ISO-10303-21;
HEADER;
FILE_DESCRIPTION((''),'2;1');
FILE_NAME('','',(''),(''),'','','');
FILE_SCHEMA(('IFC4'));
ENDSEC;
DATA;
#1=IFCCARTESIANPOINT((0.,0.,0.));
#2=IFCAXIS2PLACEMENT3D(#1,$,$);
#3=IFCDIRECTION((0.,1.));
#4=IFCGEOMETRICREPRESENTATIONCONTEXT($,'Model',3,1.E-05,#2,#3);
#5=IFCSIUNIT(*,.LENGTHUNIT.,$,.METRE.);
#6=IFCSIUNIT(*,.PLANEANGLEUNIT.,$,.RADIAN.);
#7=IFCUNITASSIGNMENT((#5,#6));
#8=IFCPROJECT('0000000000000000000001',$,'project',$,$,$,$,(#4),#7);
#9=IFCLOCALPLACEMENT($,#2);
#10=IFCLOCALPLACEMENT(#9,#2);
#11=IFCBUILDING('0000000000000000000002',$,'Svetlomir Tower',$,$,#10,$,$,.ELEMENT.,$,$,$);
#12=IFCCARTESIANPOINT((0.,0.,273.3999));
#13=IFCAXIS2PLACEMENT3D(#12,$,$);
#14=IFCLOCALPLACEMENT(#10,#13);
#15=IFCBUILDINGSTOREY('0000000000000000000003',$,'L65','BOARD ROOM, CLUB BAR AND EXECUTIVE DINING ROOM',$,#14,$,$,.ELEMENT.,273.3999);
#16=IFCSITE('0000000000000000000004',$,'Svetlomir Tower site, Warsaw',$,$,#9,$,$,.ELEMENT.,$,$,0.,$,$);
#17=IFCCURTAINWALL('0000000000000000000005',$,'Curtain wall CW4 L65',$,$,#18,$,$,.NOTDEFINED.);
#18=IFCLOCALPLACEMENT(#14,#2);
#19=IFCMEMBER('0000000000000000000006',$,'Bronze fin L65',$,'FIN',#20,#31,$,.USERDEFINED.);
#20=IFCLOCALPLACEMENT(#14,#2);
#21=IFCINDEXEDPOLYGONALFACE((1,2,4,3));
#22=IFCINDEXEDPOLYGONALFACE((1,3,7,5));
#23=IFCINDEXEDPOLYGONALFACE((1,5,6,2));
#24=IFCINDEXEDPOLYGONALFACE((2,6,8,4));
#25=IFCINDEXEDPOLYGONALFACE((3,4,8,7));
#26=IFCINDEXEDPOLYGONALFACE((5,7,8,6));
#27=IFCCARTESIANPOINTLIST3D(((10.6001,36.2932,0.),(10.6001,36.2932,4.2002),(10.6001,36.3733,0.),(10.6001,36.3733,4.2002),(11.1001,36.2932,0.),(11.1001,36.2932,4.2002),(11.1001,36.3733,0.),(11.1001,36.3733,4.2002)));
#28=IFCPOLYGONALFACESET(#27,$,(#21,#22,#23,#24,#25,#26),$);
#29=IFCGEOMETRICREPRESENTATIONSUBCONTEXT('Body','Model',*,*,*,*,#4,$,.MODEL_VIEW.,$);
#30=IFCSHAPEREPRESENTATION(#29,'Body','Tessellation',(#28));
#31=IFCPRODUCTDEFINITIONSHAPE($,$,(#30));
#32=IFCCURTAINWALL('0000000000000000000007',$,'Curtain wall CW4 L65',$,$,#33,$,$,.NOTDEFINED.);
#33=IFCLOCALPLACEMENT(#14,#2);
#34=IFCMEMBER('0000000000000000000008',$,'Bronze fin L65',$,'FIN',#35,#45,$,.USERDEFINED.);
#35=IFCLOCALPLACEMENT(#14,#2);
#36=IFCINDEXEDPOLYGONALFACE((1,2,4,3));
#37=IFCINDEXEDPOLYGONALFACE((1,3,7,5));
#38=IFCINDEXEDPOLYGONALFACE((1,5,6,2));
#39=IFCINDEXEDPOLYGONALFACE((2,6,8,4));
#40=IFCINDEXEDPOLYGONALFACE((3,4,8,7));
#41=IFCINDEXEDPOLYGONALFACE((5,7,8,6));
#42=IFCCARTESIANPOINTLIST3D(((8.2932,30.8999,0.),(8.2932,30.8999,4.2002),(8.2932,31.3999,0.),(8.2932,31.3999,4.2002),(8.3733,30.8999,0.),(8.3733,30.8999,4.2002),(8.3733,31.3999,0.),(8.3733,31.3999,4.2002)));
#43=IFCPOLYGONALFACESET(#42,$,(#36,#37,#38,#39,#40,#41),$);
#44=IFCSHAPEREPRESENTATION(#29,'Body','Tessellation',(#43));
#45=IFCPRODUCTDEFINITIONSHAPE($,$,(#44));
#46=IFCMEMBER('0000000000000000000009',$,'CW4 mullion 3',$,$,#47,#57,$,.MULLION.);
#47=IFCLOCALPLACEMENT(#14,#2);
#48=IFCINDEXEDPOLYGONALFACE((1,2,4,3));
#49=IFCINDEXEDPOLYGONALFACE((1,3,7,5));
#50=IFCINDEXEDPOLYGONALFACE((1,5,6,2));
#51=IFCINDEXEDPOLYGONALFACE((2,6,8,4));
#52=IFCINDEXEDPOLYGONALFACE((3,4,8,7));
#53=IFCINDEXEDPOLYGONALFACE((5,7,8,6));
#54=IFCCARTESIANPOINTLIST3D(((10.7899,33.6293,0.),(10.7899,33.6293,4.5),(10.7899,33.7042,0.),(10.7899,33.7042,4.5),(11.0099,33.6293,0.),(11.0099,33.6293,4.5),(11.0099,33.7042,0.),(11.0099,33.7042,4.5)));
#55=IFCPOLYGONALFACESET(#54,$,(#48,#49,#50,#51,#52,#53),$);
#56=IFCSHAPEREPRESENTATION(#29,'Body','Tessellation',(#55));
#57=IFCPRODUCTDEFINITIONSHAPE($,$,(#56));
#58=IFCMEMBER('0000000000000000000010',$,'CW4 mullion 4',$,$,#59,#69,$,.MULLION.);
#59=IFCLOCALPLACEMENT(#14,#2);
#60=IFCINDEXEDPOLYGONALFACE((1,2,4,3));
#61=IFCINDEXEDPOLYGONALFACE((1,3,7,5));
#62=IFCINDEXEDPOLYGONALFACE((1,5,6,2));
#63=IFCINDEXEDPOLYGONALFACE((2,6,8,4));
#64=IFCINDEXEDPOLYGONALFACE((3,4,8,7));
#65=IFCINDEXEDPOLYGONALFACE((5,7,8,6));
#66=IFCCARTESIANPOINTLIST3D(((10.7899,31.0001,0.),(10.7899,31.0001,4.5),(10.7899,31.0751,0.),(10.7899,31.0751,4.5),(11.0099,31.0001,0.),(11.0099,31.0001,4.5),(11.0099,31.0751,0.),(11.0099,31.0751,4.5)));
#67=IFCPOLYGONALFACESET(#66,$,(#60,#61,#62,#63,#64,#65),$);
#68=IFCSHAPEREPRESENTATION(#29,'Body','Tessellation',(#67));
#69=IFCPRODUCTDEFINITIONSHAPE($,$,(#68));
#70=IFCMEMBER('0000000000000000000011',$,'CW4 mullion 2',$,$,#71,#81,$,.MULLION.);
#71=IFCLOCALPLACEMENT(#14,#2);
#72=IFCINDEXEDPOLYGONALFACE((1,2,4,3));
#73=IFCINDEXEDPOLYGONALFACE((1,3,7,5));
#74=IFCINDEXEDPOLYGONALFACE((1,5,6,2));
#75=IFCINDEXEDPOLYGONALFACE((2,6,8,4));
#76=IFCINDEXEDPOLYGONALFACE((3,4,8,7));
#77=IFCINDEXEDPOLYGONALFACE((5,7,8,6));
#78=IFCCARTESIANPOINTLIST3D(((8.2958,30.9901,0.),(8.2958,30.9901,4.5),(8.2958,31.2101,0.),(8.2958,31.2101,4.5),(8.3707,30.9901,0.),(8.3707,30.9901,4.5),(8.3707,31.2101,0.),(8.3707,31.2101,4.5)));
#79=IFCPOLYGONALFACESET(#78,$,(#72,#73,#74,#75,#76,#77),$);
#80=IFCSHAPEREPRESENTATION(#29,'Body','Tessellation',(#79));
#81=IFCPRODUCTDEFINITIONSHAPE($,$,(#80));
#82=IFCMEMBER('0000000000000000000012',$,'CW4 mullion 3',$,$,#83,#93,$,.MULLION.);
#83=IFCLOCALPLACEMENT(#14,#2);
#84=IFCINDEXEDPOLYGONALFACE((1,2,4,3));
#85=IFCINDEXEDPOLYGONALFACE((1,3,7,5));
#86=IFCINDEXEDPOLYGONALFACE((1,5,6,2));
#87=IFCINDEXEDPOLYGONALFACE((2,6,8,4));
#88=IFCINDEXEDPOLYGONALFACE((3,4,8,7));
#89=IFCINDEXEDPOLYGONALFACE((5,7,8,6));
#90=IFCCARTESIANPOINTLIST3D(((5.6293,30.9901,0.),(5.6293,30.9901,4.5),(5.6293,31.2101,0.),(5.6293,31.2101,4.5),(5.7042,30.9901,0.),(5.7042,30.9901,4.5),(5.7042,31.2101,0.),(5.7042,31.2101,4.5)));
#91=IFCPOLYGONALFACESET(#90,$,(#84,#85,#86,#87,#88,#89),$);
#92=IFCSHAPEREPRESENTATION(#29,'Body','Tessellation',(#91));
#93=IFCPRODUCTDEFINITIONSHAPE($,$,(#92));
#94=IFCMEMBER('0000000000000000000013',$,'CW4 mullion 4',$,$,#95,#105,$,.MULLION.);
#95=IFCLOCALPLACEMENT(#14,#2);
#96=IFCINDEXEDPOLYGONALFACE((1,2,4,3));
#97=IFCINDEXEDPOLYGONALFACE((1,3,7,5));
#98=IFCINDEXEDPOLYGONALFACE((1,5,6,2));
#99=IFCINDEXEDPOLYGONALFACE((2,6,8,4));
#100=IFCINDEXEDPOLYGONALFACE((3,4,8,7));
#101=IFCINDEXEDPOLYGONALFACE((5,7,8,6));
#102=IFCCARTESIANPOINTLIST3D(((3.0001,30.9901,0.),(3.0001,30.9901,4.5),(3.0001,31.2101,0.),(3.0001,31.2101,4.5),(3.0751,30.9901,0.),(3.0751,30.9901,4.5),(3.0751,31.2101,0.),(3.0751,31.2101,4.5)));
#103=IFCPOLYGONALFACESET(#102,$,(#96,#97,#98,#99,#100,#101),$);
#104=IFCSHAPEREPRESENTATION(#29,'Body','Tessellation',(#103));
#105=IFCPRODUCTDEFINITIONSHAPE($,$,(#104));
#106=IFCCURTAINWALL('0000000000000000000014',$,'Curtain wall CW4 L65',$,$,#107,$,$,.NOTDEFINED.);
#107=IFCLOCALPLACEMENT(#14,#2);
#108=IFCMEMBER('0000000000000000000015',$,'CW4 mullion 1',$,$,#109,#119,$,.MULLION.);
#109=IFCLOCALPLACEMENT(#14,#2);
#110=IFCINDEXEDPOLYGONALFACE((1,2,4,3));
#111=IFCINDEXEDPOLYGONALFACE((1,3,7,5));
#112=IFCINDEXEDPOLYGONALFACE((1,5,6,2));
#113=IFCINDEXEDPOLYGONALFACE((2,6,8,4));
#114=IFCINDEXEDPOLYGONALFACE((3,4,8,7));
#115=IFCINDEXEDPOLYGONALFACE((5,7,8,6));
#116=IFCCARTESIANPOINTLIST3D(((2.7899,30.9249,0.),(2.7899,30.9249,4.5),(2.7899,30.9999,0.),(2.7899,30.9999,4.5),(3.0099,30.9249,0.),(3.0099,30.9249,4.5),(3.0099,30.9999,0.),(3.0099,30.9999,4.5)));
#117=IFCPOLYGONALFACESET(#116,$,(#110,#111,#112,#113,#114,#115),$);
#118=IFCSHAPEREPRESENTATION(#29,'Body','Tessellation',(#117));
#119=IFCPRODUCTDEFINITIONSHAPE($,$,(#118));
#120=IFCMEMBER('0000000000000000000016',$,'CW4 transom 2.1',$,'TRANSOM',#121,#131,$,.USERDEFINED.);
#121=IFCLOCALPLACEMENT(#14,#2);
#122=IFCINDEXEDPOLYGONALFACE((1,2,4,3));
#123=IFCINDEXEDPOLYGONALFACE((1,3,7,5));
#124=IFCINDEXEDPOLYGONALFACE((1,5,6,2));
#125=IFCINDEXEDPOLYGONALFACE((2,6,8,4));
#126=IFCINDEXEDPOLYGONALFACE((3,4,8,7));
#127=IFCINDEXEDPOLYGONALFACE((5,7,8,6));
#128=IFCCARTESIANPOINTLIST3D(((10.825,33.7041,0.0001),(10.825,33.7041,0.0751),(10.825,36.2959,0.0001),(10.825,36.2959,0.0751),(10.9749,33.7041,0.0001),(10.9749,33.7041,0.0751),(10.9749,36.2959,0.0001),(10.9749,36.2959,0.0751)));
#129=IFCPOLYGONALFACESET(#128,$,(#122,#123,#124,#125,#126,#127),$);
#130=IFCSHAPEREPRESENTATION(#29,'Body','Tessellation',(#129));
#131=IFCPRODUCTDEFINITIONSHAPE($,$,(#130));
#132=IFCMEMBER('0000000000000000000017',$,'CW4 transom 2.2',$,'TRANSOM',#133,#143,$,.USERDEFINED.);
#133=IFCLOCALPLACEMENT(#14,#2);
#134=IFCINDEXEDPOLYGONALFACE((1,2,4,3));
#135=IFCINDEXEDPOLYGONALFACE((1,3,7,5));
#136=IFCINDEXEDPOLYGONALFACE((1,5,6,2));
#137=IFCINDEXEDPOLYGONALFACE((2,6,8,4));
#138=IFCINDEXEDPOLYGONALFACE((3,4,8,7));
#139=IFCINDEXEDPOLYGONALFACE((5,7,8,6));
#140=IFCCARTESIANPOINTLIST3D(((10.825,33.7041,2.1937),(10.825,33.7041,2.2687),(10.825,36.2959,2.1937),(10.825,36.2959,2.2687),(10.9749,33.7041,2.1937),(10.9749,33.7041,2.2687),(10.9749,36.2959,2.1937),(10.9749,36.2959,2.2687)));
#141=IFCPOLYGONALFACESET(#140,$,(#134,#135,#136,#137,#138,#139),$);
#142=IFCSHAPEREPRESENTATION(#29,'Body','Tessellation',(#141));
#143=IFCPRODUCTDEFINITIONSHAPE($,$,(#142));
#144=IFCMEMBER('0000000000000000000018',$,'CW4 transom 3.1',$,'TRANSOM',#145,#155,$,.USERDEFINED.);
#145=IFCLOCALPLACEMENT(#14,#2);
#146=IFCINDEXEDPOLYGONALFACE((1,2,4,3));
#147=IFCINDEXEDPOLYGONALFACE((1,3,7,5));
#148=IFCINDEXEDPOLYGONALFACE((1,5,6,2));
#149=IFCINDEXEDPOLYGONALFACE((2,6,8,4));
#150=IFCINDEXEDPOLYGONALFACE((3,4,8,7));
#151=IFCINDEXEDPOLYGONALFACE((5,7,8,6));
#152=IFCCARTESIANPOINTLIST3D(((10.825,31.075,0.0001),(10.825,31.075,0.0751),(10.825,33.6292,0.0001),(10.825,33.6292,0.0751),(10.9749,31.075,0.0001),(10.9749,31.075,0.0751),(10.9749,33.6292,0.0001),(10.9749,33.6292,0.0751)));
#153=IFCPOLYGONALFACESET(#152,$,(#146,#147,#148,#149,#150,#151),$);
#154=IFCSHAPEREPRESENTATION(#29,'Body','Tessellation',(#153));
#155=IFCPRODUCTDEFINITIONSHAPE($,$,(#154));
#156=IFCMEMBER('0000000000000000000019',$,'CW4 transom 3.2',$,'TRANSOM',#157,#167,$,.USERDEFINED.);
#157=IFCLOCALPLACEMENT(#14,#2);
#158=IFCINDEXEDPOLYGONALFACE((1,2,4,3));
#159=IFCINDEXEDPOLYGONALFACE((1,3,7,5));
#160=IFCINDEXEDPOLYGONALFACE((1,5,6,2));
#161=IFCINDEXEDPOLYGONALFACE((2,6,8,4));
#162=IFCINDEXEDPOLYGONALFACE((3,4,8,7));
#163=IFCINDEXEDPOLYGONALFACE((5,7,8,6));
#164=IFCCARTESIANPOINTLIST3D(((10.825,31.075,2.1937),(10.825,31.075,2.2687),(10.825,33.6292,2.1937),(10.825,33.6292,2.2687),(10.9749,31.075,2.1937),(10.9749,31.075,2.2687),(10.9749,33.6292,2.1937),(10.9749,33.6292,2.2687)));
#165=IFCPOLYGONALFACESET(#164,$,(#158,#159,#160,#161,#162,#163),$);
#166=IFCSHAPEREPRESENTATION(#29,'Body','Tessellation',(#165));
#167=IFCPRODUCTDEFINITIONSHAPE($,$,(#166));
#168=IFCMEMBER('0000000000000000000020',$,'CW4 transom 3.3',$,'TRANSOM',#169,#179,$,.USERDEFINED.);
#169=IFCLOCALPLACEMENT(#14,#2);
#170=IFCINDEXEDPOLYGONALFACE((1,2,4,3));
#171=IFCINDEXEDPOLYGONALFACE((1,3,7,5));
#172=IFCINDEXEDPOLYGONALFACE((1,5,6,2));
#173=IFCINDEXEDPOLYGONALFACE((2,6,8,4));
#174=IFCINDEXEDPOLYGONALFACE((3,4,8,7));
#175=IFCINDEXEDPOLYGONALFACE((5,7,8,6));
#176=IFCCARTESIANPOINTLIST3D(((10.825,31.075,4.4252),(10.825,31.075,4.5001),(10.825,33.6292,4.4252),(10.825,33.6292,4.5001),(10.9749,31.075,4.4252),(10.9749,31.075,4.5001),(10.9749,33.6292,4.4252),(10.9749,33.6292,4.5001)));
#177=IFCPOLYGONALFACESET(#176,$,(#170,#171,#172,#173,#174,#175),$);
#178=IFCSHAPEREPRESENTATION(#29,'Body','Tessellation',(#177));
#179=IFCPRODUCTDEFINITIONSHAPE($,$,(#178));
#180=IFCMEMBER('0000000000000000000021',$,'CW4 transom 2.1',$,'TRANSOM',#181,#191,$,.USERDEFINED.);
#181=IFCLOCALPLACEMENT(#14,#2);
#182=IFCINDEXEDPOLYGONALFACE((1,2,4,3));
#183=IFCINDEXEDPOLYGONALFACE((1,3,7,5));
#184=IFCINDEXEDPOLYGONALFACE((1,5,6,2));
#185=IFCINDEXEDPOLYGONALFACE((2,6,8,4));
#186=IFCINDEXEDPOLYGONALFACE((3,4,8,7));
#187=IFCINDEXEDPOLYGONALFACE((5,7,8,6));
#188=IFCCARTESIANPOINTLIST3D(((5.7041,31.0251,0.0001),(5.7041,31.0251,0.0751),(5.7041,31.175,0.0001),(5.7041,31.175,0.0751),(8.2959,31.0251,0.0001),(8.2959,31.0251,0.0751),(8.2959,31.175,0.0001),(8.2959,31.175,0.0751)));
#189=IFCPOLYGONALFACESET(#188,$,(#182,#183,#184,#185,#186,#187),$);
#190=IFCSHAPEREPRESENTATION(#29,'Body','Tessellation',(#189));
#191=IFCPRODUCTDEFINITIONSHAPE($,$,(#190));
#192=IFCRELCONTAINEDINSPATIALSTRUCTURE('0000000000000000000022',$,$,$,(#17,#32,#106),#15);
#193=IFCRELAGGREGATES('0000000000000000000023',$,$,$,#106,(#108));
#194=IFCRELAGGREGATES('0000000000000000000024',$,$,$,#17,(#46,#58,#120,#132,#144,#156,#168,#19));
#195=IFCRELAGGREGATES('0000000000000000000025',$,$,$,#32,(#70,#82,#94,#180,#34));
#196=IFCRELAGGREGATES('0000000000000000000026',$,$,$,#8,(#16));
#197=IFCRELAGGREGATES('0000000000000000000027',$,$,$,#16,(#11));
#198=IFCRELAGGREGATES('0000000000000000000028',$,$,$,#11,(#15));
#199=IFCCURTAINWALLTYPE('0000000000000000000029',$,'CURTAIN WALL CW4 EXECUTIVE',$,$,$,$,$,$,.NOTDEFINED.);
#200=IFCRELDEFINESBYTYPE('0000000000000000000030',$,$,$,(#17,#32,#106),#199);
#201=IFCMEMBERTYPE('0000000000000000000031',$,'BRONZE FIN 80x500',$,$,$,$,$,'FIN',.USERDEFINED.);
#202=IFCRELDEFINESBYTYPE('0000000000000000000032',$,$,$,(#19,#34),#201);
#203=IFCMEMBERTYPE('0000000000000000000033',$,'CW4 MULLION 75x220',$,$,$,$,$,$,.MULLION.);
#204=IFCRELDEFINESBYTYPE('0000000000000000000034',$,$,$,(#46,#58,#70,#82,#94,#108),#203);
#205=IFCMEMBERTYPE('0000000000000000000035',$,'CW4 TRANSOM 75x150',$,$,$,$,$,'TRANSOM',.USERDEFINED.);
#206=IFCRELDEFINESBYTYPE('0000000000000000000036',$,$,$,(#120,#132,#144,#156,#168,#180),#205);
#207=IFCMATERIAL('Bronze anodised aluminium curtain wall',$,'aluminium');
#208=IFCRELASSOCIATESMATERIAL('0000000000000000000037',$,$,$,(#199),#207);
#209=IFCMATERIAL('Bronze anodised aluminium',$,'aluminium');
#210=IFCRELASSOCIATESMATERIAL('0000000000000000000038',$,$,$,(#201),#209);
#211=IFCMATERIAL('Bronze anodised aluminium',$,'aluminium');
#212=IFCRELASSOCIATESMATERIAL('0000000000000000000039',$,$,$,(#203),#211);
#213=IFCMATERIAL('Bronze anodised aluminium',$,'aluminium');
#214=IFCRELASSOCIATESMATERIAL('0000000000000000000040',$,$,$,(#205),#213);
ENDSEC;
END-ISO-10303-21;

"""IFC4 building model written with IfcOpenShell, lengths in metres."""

from ifc_helpers import new_model, si_unit, direction, frame, origin, origin_2d, place, context, subcontext, project, spatial, rectangle, extrude, material, material_profile, profile_set, type_object, element, aggregate, save


model = new_model("IFC4")

# Units and contexts
model_context = context("Model", 3, precision=1e-05, world=origin(), true_north=direction((0.0, 1.0)))
body_context = subcontext(model_context, "Body", "Model", "MODEL_VIEW")
ifc_project = project(units=[si_unit("LENGTHUNIT", "METRE"), si_unit("PLANEANGLEUNIT", "RADIAN")], contexts=[model_context])

# Site, building, storey
site_placement = place(None, origin())
site = spatial("IfcSite", under=ifc_project, at=site_placement, Name="Svetlomir Tower site, Warsaw", CompositionType="ELEMENT", RefElevation=0.0)
building_placement = place(site_placement, origin())
building = spatial("IfcBuilding", under=site, at=building_placement, Name="Svetlomir Tower", CompositionType="ELEMENT")
storey_placement = place(building_placement, frame((0.0, 0.0, 273.3999)))
storey = spatial("IfcBuildingStorey", under=building, at=storey_placement, Name="L65", Description="BOARD ROOM, CLUB BAR AND EXECUTIVE DINING ROOM", CompositionType="ELEMENT", Elevation=273.3999)

# Curtain walls, members
ifc_material_1 = material(Name="Bronze anodised aluminium curtain wall", Category="aluminium")
curtain_wall_type = type_object("IfcCurtainWallType", Name="CURTAIN WALL CW4 EXECUTIVE", PredefinedType="NOTDEFINED", material=ifc_material_1)
curtain_wall_1_placement = place(storey_placement, origin())
curtain_wall_1 = element("IfcCurtainWall", 1, at=curtain_wall_1_placement, inside=storey, type_object=curtain_wall_type, Name="Curtain wall CW4 L65", PredefinedType="NOTDEFINED")
ifc_material_2 = material(Name="Bronze anodised aluminium", Category="aluminium")
ifc_material_profile_1 = material_profile(ifc_material_2, rectangle(XDim=0.0801, YDim=0.5, at=origin_2d()), Name="FIN 80x500")
ifc_profile_set_1 = profile_set([ifc_material_profile_1], Name="Bronze anodised aluminium 6063-T6")
member_type_1 = type_object("IfcMemberType", Name="BRONZE FIN 80x500", ElementType="FIN", PredefinedType="USERDEFINED", material=ifc_profile_set_1)
member_1_placement = place(storey_placement, frame((10.8501, 36.3333, 0.0), z_axis=(0.0, 0.0, 1.0), x_axis=(0.0, 1.0, 0.0)))
member_1 = element("IfcMember", 2, at=member_1_placement, type_object=member_type_1, Name="Bronze fin L65", ObjectType="FIN", PredefinedType="USERDEFINED", context=body_context, shape_type="SweptSolid", body=[
    extrude(rectangle(XDim=0.0801, YDim=0.5, at=origin_2d()), origin(), (0.0, 0.0, 1.0), 4.2002),
])
curtain_wall_2_placement = place(storey_placement, origin())
curtain_wall_2 = element("IfcCurtainWall", 3, at=curtain_wall_2_placement, inside=storey, type_object=curtain_wall_type, Name="Curtain wall CW4 L65", PredefinedType="NOTDEFINED")
member_2_placement = place(storey_placement, frame((8.3333, 31.1499, 0.0), z_axis=(0.0, 0.0, 1.0), x_axis=(1.0, 0.0, 0.0)))
member_2 = element("IfcMember", 4, at=member_2_placement, type_object=member_type_1, Name="Bronze fin L65", ObjectType="FIN", PredefinedType="USERDEFINED", context=body_context, shape_type="SweptSolid", body=[
    extrude(rectangle(XDim=0.0801, YDim=0.5, at=origin_2d()), origin(), (0.0, 0.0, 1.0), 4.2002),
])

# Members
ifc_material_3 = material(Name="Bronze anodised aluminium", Category="aluminium")
ifc_material_profile_2 = material_profile(ifc_material_3, rectangle(XDim=0.075, YDim=0.22, at=origin_2d()), Name="AL 75x220")
ifc_profile_set_2 = profile_set([ifc_material_profile_2], Name="Bronze anodised aluminium 6063-T6")
member_type_2 = type_object("IfcMemberType", Name="CW4 MULLION 75x220", PredefinedType="MULLION", material=ifc_profile_set_2)
member_3_placement = place(storey_placement, frame((10.8999, 33.6667, 0.0), z_axis=(0.0, 0.0, 1.0), x_axis=(0.0, -1.0, 0.0)))
member_3 = element("IfcMember", 5, at=member_3_placement, type_object=member_type_2, Name="CW4 mullion 3", PredefinedType="MULLION", context=body_context, shape_type="SweptSolid", body=[
    extrude(rectangle(XDim=0.075, YDim=0.22, at=origin_2d()), origin(), (0.0, 0.0, 1.0), 4.5),
])
member_4_placement = place(storey_placement, frame((10.8999, 31.0376, 0.0), z_axis=(0.0, 0.0, 1.0), x_axis=(0.0, -1.0, 0.0)))
member_4 = element("IfcMember", 6, at=member_4_placement, type_object=member_type_2, Name="CW4 mullion 4", PredefinedType="MULLION", context=body_context, shape_type="SweptSolid", body=[
    extrude(rectangle(XDim=0.075, YDim=0.22, at=origin_2d()), origin(), (0.0, 0.0, 1.0), 4.5),
])
member_5_placement = place(storey_placement, frame((8.3333, 31.1001, 0.0), z_axis=(0.0, 0.0, 1.0), x_axis=(-1.0, 0.0, 0.0)))
member_5 = element("IfcMember", 7, at=member_5_placement, type_object=member_type_2, Name="CW4 mullion 2", PredefinedType="MULLION", context=body_context, shape_type="SweptSolid", body=[
    extrude(rectangle(XDim=0.075, YDim=0.22, at=origin_2d()), origin(), (0.0, 0.0, 1.0), 4.5),
])
member_6_placement = place(storey_placement, frame((5.6667, 31.1001, 0.0), z_axis=(0.0, 0.0, 1.0), x_axis=(-1.0, 0.0, 0.0)))
member_6 = element("IfcMember", 8, at=member_6_placement, type_object=member_type_2, Name="CW4 mullion 3", PredefinedType="MULLION", context=body_context, shape_type="SweptSolid", body=[
    extrude(rectangle(XDim=0.075, YDim=0.22, at=origin_2d()), origin(), (0.0, 0.0, 1.0), 4.5),
])
member_7_placement = place(storey_placement, frame((3.0376, 31.1001, 0.0), z_axis=(0.0, 0.0, 1.0), x_axis=(-1.0, 0.0, 0.0)))
member_7 = element("IfcMember", 9, at=member_7_placement, type_object=member_type_2, Name="CW4 mullion 4", PredefinedType="MULLION", context=body_context, shape_type="SweptSolid", body=[
    extrude(rectangle(XDim=0.075, YDim=0.22, at=origin_2d()), origin(), (0.0, 0.0, 1.0), 4.5),
])

# Curtain wall, member
curtain_wall_3_placement = place(storey_placement, origin())
curtain_wall_3 = element("IfcCurtainWall", 10, at=curtain_wall_3_placement, inside=storey, type_object=curtain_wall_type, Name="Curtain wall CW4 L65", PredefinedType="NOTDEFINED")
member_8_placement = place(storey_placement, frame((2.8999, 30.9624, 0.0), z_axis=(0.0, 0.0, 1.0), x_axis=(0.0, -1.0, 0.0)))
member_8 = element("IfcMember", 11, at=member_8_placement, type_object=member_type_2, Name="CW4 mullion 1", PredefinedType="MULLION", context=body_context, shape_type="SweptSolid", body=[
    extrude(rectangle(XDim=0.075, YDim=0.22, at=origin_2d()), origin(), (0.0, 0.0, 1.0), 4.5),
])
aggregate(curtain_wall_3, [member_8])

# Members
ifc_material_4 = material(Name="Bronze anodised aluminium", Category="aluminium")
ifc_material_profile_3 = material_profile(ifc_material_4, rectangle(XDim=0.1499, YDim=0.075, at=origin_2d()), Name="AL 150x75")
ifc_profile_set_3 = profile_set([ifc_material_profile_3], Name="Bronze anodised aluminium 6063-T6")
member_type_3 = type_object("IfcMemberType", Name="CW4 TRANSOM 75x150", ElementType="TRANSOM", PredefinedType="USERDEFINED", material=ifc_profile_set_3)
member_9_placement = place(storey_placement, frame((10.8999, 36.2959, 0.0376), z_axis=(0.0, -1.0, 0.0), x_axis=(1.0, 0.0, 0.0)))
member_9 = element("IfcMember", 12, at=member_9_placement, type_object=member_type_3, Name="CW4 transom 2.1", ObjectType="TRANSOM", PredefinedType="USERDEFINED", context=body_context, shape_type="SweptSolid", body=[
    extrude(rectangle(XDim=0.1499, YDim=0.075, at=origin_2d()), origin(), (0.0, 0.0, 1.0), 2.5918),
])
member_10_placement = place(storey_placement, frame((10.8999, 36.2959, 2.2312), z_axis=(0.0, -1.0, 0.0), x_axis=(1.0, 0.0, 0.0)))
member_10 = element("IfcMember", 13, at=member_10_placement, type_object=member_type_3, Name="CW4 transom 2.2", ObjectType="TRANSOM", PredefinedType="USERDEFINED", context=body_context, shape_type="SweptSolid", body=[
    extrude(rectangle(XDim=0.1499, YDim=0.075, at=origin_2d()), origin(), (0.0, 0.0, 1.0), 2.5918),
])
member_11_placement = place(storey_placement, frame((10.8999, 33.6292, 0.0376), z_axis=(0.0, -1.0, 0.0), x_axis=(1.0, 0.0, 0.0)))
member_11 = element("IfcMember", 14, at=member_11_placement, type_object=member_type_3, Name="CW4 transom 3.1", ObjectType="TRANSOM", PredefinedType="USERDEFINED", context=body_context, shape_type="SweptSolid", body=[
    extrude(rectangle(XDim=0.1499, YDim=0.075, at=origin_2d()), origin(), (0.0, 0.0, 1.0), 2.5542),
])
member_12_placement = place(storey_placement, frame((10.8999, 33.6292, 2.2312), z_axis=(0.0, -1.0, 0.0), x_axis=(1.0, 0.0, 0.0)))
member_12 = element("IfcMember", 15, at=member_12_placement, type_object=member_type_3, Name="CW4 transom 3.2", ObjectType="TRANSOM", PredefinedType="USERDEFINED", context=body_context, shape_type="SweptSolid", body=[
    extrude(rectangle(XDim=0.1499, YDim=0.075, at=origin_2d()), origin(), (0.0, 0.0, 1.0), 2.5542),
])
member_13_placement = place(storey_placement, frame((10.8999, 33.6292, 4.4626), z_axis=(0.0, -1.0, 0.0), x_axis=(1.0, 0.0, 0.0)))
member_13 = element("IfcMember", 16, at=member_13_placement, type_object=member_type_3, Name="CW4 transom 3.3", ObjectType="TRANSOM", PredefinedType="USERDEFINED", context=body_context, shape_type="SweptSolid", body=[
    extrude(rectangle(XDim=0.1499, YDim=0.075, at=origin_2d()), origin(), (0.0, 0.0, 1.0), 2.5542),
])
member_14_placement = place(storey_placement, frame((8.2959, 31.1001, 0.0376), z_axis=(-1.0, 0.0, 0.0), x_axis=(0.0, -1.0, 0.0)))
member_14 = element("IfcMember", 17, at=member_14_placement, type_object=member_type_3, Name="CW4 transom 2.1", ObjectType="TRANSOM", PredefinedType="USERDEFINED", context=body_context, shape_type="SweptSolid", body=[
    extrude(rectangle(XDim=0.1499, YDim=0.075, at=origin_2d()), origin(), (0.0, 0.0, 1.0), 2.5918),
])

aggregate(curtain_wall_1, [member_3, member_4, member_9, member_10, member_11, member_12, member_13, member_1])
aggregate(curtain_wall_2, [member_5, member_6, member_7, member_14, member_2])

save(model, "model.ifc")
